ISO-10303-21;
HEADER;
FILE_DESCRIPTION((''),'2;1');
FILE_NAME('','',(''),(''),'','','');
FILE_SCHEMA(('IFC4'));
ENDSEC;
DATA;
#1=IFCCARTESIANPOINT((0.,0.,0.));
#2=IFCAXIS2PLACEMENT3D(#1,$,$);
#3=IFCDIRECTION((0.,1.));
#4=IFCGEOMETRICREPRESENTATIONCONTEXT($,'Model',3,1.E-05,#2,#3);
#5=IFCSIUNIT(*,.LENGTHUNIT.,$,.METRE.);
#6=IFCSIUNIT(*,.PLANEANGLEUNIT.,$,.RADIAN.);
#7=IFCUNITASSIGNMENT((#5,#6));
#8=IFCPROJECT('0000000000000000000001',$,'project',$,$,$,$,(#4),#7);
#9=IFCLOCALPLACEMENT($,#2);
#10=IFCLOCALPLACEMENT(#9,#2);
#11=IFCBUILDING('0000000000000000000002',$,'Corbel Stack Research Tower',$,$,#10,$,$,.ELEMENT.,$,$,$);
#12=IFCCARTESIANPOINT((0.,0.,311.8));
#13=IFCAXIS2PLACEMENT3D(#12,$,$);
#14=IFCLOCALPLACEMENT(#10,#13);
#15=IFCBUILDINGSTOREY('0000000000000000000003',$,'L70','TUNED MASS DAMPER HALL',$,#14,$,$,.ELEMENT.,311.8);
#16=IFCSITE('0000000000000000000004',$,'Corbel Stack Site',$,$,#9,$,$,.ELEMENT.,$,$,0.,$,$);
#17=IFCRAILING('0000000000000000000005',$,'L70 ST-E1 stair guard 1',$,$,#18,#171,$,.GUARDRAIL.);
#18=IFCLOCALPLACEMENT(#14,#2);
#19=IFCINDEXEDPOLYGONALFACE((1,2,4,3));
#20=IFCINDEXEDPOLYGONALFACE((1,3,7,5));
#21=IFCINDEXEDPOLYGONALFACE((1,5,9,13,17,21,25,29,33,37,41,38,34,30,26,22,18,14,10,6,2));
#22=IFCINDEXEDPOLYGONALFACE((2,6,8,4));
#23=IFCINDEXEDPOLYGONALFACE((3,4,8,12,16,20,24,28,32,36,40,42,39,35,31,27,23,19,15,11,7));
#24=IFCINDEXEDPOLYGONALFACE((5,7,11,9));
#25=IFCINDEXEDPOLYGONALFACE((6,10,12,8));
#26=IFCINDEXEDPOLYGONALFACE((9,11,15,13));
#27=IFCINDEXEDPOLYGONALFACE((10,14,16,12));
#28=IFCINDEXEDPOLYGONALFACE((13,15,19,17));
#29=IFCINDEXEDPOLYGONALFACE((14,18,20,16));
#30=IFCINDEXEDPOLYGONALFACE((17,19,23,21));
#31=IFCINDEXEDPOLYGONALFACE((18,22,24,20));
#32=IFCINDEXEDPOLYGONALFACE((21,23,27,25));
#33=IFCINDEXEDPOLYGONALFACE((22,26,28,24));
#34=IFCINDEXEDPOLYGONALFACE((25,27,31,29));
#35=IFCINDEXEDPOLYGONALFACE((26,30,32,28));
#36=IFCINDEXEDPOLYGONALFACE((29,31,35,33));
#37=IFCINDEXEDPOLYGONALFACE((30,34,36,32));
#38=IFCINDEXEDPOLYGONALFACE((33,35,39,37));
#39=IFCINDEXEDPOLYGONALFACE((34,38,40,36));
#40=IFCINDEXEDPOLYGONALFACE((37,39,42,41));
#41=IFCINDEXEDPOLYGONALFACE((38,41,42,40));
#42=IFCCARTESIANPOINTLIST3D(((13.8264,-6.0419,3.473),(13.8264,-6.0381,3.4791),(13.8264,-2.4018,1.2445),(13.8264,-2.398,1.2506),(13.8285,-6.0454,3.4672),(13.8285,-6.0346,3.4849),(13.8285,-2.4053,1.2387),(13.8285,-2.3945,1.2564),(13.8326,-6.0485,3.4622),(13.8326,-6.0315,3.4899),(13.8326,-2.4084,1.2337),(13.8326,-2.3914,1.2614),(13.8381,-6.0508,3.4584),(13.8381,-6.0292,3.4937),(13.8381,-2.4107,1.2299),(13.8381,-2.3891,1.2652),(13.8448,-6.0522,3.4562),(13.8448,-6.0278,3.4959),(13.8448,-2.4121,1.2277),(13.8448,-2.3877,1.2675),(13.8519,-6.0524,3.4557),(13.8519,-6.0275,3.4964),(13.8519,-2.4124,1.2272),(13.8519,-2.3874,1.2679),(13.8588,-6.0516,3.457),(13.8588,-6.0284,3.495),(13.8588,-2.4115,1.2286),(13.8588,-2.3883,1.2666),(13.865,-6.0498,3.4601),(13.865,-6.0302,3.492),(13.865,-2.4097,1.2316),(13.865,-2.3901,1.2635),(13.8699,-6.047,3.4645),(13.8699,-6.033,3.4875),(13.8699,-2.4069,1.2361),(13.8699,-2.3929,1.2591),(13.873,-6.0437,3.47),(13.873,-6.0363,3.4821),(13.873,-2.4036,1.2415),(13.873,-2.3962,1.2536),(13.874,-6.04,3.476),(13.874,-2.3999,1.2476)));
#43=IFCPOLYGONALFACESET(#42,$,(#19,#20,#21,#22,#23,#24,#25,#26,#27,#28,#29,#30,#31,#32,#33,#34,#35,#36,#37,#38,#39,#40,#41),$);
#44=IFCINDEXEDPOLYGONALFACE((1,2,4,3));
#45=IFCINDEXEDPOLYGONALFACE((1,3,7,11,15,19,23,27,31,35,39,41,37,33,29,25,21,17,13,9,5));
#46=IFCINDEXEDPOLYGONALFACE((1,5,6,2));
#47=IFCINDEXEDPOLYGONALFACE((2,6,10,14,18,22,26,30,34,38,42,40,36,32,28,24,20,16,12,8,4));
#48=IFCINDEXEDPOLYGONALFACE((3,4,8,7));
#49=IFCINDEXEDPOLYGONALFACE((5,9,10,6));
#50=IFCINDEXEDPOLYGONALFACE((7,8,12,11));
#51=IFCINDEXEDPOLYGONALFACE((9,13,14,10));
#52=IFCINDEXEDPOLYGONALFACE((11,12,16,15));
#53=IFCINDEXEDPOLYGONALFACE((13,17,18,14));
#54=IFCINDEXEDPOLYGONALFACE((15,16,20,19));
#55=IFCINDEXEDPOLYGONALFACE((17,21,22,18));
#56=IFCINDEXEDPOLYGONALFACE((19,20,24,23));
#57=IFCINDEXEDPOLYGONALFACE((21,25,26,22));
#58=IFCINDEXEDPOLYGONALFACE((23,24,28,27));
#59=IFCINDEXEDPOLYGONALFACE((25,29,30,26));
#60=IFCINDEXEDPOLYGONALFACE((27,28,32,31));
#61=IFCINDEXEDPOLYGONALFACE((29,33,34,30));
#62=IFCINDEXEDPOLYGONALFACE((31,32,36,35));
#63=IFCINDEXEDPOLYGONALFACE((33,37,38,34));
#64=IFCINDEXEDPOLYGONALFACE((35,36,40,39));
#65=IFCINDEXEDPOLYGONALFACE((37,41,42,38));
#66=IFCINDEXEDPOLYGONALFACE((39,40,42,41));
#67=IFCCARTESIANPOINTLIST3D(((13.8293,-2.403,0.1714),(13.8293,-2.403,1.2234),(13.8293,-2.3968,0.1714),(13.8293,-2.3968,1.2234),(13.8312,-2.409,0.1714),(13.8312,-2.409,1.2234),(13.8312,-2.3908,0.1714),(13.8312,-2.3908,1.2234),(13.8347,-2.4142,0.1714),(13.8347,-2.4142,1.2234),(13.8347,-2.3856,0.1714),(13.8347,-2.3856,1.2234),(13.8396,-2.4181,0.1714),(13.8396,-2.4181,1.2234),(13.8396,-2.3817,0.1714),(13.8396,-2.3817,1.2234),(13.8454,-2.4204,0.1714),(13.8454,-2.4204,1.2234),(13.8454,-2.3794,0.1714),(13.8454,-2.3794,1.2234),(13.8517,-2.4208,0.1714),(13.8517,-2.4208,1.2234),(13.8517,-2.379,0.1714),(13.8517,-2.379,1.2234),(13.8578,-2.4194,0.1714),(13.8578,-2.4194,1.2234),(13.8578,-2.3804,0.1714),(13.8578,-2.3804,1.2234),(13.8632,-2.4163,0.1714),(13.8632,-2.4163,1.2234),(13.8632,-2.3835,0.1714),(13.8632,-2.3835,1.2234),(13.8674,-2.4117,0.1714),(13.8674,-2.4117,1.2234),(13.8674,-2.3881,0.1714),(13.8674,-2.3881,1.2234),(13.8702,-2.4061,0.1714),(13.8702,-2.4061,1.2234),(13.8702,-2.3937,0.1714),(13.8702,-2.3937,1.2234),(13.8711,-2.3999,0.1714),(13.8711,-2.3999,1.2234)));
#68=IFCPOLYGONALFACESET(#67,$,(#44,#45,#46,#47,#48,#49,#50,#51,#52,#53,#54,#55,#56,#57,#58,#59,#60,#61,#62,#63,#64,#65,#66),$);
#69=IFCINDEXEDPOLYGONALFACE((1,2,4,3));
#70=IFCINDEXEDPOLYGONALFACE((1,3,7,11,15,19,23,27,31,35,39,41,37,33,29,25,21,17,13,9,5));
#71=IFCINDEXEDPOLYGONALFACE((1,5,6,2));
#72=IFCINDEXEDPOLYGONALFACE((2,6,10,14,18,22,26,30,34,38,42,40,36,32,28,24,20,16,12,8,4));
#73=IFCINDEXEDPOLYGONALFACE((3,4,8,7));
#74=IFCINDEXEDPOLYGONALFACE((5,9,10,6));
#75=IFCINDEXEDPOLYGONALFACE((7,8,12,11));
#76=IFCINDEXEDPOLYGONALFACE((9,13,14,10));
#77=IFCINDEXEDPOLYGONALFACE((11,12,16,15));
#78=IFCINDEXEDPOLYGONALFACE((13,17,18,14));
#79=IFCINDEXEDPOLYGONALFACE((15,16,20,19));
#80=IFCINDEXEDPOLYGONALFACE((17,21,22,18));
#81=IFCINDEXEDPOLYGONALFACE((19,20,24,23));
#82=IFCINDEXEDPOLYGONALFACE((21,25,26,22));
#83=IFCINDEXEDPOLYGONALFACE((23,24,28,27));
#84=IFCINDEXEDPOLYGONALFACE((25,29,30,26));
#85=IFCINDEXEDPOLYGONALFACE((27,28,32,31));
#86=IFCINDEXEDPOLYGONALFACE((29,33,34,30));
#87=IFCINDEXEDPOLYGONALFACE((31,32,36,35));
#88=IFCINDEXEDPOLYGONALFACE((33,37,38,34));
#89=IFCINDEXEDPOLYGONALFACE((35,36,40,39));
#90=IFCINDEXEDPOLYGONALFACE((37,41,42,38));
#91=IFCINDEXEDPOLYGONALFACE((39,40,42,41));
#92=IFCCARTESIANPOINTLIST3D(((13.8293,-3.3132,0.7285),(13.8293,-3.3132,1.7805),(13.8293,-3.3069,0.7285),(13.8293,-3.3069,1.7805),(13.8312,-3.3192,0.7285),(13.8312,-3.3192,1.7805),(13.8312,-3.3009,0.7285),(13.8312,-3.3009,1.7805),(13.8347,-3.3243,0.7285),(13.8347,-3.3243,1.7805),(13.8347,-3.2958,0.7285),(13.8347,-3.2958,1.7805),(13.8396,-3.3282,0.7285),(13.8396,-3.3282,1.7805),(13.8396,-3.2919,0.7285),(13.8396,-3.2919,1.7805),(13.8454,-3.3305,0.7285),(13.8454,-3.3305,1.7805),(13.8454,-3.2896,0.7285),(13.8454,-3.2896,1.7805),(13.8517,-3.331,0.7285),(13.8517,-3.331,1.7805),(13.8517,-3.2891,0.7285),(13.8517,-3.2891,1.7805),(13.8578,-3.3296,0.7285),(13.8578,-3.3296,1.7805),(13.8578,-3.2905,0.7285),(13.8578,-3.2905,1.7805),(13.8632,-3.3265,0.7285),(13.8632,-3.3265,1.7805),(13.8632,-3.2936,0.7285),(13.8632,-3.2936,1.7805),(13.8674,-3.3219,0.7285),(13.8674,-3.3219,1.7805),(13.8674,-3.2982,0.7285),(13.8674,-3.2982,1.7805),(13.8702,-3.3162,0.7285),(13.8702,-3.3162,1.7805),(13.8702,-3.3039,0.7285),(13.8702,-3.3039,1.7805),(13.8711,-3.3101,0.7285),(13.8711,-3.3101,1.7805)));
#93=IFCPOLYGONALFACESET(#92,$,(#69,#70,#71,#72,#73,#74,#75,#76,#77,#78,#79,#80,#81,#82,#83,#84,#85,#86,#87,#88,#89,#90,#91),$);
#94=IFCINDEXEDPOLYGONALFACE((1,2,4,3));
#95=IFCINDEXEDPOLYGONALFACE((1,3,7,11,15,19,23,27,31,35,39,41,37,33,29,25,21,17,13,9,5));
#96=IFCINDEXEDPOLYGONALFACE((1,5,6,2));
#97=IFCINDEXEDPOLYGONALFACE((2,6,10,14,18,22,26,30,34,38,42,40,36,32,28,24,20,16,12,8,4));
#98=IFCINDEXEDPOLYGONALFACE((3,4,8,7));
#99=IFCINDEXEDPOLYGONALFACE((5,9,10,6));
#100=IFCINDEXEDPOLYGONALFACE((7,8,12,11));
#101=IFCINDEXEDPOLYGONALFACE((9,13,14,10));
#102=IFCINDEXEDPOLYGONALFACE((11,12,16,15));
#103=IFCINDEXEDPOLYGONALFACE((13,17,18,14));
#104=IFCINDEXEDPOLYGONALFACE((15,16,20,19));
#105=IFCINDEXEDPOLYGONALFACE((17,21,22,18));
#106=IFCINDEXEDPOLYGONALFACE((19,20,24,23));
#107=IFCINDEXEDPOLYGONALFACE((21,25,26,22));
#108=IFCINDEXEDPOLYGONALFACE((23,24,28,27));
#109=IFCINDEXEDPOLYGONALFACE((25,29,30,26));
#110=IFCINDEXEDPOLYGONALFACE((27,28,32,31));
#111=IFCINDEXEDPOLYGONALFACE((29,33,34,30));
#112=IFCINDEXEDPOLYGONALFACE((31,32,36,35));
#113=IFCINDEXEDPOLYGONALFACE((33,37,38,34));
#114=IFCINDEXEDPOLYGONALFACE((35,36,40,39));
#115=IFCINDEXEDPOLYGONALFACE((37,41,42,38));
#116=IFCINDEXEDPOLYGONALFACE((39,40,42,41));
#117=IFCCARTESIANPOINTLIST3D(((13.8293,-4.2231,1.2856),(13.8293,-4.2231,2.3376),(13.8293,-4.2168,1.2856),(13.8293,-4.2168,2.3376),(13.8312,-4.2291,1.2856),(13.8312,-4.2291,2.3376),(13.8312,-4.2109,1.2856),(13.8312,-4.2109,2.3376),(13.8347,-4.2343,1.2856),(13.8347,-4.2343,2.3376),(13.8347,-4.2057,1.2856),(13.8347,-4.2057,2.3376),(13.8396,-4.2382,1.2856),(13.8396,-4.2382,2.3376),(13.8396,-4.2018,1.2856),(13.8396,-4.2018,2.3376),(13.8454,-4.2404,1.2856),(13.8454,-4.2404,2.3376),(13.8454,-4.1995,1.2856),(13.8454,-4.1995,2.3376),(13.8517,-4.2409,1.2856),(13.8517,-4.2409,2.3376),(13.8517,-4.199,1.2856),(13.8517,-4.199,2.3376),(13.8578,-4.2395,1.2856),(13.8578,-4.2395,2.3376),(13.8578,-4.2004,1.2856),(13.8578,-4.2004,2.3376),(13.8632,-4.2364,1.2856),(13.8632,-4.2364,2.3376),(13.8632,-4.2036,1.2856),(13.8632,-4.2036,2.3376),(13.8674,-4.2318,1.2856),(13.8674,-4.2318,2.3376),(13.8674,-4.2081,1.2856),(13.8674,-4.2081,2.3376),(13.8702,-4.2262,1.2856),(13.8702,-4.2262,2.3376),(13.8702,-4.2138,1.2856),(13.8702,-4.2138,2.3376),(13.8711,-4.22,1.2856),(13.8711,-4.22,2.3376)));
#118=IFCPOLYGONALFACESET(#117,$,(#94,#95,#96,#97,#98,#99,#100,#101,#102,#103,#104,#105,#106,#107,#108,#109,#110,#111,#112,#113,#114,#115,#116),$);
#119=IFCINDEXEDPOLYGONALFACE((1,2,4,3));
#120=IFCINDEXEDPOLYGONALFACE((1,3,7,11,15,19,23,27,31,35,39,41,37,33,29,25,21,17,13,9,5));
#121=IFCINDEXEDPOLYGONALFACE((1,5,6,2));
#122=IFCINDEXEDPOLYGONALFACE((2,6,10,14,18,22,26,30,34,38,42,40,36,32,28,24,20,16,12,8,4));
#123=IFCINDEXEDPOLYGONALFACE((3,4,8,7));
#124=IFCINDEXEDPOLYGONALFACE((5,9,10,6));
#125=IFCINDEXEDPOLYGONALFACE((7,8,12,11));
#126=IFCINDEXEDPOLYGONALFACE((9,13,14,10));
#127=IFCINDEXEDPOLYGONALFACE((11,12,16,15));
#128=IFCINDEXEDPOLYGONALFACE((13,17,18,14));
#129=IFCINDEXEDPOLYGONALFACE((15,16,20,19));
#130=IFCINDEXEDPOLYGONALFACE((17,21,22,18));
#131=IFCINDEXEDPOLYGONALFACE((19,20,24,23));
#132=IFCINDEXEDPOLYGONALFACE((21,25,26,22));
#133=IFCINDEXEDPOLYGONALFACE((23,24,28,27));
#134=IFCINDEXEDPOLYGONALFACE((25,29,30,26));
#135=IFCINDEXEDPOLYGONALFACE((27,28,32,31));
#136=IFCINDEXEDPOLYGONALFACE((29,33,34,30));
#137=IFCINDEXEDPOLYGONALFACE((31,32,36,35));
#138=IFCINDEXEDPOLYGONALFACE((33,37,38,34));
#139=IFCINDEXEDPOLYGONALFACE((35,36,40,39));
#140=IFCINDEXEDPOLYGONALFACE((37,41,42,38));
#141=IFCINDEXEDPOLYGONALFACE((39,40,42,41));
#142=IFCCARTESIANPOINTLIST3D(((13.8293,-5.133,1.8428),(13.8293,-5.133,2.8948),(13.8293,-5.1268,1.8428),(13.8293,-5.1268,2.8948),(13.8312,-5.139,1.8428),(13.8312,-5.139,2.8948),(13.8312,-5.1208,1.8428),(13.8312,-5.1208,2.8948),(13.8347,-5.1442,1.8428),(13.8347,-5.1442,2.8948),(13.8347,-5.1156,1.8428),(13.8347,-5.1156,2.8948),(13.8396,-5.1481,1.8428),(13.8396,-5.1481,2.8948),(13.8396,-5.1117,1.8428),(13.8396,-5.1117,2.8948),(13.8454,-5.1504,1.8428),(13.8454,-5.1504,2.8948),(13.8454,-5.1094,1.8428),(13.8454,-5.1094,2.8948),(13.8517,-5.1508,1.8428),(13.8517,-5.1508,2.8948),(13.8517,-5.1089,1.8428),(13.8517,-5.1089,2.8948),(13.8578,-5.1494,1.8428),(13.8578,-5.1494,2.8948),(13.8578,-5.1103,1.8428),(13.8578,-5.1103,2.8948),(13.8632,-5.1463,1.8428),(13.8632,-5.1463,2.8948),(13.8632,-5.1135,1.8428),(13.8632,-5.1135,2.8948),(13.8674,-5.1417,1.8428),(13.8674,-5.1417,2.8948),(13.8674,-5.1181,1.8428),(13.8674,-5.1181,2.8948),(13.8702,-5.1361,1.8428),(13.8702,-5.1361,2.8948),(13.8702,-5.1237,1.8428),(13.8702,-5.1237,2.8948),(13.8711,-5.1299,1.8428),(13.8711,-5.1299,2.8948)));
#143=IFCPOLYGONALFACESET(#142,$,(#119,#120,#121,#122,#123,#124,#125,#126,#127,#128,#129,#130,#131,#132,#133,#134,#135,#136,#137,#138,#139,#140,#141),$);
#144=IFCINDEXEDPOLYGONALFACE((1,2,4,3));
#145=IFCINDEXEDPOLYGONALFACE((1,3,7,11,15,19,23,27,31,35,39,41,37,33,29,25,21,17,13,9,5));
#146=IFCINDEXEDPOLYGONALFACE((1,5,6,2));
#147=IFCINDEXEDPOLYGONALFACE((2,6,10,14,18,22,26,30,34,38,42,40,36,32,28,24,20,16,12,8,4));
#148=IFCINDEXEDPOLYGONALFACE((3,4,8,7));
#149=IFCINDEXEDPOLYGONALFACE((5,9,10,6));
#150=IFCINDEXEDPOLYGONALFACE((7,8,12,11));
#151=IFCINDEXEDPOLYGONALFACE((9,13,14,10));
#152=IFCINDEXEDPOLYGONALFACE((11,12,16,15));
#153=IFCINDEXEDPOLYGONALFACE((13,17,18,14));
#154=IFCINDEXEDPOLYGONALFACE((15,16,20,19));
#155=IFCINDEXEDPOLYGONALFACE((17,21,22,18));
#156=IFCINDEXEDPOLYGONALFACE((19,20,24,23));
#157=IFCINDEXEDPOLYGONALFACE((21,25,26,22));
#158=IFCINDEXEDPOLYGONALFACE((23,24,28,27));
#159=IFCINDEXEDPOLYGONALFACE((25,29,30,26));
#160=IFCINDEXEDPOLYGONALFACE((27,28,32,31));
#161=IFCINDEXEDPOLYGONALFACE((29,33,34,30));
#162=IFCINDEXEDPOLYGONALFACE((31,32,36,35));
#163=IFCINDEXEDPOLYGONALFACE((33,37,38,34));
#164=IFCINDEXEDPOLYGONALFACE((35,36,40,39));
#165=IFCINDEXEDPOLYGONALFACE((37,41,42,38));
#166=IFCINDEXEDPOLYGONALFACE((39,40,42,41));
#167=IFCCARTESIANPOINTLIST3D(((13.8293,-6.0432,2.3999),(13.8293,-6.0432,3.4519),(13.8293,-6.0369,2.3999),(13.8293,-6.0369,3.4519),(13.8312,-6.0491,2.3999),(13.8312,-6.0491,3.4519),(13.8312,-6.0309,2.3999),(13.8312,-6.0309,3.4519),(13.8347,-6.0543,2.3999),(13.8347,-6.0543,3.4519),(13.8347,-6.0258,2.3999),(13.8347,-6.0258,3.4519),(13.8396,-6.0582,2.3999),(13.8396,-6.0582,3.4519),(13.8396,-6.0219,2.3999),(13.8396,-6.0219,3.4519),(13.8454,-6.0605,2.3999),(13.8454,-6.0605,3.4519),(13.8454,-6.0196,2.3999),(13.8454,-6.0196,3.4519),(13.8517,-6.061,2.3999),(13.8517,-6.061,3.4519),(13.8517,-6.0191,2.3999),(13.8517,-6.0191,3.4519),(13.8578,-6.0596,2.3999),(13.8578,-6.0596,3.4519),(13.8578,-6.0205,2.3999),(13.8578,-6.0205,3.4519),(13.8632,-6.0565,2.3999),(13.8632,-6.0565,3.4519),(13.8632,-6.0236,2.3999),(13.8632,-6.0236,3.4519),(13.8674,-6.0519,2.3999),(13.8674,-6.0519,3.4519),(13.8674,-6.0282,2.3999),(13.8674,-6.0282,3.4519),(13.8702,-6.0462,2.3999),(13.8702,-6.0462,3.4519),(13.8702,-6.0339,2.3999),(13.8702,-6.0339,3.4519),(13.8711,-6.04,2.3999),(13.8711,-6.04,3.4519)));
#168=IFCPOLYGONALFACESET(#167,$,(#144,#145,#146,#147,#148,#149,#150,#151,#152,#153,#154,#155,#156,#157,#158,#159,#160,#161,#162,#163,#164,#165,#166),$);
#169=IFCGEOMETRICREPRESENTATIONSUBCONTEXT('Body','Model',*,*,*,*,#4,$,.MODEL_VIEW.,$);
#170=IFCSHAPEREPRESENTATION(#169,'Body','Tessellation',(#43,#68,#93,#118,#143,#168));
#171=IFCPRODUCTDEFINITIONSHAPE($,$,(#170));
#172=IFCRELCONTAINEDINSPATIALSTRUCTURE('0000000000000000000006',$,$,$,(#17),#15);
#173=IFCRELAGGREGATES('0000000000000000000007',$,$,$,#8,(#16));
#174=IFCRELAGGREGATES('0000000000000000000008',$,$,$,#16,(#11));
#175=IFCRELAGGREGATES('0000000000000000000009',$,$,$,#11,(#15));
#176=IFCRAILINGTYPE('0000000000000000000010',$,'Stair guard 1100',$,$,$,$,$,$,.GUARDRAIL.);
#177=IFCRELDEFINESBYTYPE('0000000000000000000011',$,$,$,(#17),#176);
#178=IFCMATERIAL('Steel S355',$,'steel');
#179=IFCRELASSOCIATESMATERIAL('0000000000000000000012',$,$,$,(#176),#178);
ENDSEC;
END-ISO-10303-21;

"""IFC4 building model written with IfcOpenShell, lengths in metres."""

from ifc_helpers import new_model, si_unit, direction, frame, origin, origin_2d, place, context, subcontext, project, spatial, circle, extrude, material, type_object, element, save


model = new_model("IFC4")

# Units and contexts
model_context = context("Model", 3, precision=1e-05, world=origin(), true_north=direction((0.0, 1.0)))
body_context = subcontext(model_context, "Body", "Model", "MODEL_VIEW")
ifc_project = project(units=[si_unit("LENGTHUNIT", "METRE"), si_unit("PLANEANGLEUNIT", "RADIAN")], contexts=[model_context])

# Site, building, storey
site_placement = place(None, origin())
site = spatial("IfcSite", under=ifc_project, at=site_placement, Name="Corbel Stack Site", CompositionType="ELEMENT", RefElevation=0.0)
building_placement = place(site_placement, origin())
building = spatial("IfcBuilding", under=site, at=building_placement, Name="Corbel Stack Research Tower", CompositionType="ELEMENT")
storey_placement = place(building_placement, frame((0.0, 0.0, 311.8)))
storey = spatial("IfcBuildingStorey", under=building, at=storey_placement, Name="L70", Description="TUNED MASS DAMPER HALL", CompositionType="ELEMENT", Elevation=311.8)

# Railing
ifc_material_1 = material(Name="Steel S355", Category="steel")
railing_type_1 = type_object("IfcRailingType", Name="Stair guard 1100", PredefinedType="GUARDRAIL", material=ifc_material_1)
railing_1_placement = place(storey_placement, frame((13.8501, -2.3999, 0.1714)))
element("IfcRailing", 1, at=railing_1_placement, inside=storey, type_object=railing_type_1, Name="L70 ST-E1 stair guard 1", PredefinedType="GUARDRAIL", context=body_context, shape_type="SweptSolid", body=[
    extrude(circle(Radius=0.0239, at=origin_2d()), frame((0.0, 0.0, 1.0762), z_axis=(0.0, -0.852866, 0.52213), x_axis=(1.0, 0.0, 0.0)), (0.0, 0.0, 1.0), 4.2681),
    extrude(circle(Radius=0.021, at=origin_2d()), origin(), (0.0, 0.0, 1.0), 1.052),
    extrude(circle(Radius=0.021, at=origin_2d()), frame((0.0, -0.9102, 0.5571)), (0.0, 0.0, 1.0), 1.052),
    extrude(circle(Radius=0.021, at=origin_2d()), frame((0.0, -1.8201, 1.1143)), (0.0, 0.0, 1.0), 1.052),
    extrude(circle(Radius=0.021, at=origin_2d()), frame((0.0, -2.73, 1.6714)), (0.0, 0.0, 1.0), 1.052),
    extrude(circle(Radius=0.021, at=origin_2d()), frame((0.0, -3.6401, 2.2285)), (0.0, 0.0, 1.0), 1.052),
])

save(model, "model.ifc")
